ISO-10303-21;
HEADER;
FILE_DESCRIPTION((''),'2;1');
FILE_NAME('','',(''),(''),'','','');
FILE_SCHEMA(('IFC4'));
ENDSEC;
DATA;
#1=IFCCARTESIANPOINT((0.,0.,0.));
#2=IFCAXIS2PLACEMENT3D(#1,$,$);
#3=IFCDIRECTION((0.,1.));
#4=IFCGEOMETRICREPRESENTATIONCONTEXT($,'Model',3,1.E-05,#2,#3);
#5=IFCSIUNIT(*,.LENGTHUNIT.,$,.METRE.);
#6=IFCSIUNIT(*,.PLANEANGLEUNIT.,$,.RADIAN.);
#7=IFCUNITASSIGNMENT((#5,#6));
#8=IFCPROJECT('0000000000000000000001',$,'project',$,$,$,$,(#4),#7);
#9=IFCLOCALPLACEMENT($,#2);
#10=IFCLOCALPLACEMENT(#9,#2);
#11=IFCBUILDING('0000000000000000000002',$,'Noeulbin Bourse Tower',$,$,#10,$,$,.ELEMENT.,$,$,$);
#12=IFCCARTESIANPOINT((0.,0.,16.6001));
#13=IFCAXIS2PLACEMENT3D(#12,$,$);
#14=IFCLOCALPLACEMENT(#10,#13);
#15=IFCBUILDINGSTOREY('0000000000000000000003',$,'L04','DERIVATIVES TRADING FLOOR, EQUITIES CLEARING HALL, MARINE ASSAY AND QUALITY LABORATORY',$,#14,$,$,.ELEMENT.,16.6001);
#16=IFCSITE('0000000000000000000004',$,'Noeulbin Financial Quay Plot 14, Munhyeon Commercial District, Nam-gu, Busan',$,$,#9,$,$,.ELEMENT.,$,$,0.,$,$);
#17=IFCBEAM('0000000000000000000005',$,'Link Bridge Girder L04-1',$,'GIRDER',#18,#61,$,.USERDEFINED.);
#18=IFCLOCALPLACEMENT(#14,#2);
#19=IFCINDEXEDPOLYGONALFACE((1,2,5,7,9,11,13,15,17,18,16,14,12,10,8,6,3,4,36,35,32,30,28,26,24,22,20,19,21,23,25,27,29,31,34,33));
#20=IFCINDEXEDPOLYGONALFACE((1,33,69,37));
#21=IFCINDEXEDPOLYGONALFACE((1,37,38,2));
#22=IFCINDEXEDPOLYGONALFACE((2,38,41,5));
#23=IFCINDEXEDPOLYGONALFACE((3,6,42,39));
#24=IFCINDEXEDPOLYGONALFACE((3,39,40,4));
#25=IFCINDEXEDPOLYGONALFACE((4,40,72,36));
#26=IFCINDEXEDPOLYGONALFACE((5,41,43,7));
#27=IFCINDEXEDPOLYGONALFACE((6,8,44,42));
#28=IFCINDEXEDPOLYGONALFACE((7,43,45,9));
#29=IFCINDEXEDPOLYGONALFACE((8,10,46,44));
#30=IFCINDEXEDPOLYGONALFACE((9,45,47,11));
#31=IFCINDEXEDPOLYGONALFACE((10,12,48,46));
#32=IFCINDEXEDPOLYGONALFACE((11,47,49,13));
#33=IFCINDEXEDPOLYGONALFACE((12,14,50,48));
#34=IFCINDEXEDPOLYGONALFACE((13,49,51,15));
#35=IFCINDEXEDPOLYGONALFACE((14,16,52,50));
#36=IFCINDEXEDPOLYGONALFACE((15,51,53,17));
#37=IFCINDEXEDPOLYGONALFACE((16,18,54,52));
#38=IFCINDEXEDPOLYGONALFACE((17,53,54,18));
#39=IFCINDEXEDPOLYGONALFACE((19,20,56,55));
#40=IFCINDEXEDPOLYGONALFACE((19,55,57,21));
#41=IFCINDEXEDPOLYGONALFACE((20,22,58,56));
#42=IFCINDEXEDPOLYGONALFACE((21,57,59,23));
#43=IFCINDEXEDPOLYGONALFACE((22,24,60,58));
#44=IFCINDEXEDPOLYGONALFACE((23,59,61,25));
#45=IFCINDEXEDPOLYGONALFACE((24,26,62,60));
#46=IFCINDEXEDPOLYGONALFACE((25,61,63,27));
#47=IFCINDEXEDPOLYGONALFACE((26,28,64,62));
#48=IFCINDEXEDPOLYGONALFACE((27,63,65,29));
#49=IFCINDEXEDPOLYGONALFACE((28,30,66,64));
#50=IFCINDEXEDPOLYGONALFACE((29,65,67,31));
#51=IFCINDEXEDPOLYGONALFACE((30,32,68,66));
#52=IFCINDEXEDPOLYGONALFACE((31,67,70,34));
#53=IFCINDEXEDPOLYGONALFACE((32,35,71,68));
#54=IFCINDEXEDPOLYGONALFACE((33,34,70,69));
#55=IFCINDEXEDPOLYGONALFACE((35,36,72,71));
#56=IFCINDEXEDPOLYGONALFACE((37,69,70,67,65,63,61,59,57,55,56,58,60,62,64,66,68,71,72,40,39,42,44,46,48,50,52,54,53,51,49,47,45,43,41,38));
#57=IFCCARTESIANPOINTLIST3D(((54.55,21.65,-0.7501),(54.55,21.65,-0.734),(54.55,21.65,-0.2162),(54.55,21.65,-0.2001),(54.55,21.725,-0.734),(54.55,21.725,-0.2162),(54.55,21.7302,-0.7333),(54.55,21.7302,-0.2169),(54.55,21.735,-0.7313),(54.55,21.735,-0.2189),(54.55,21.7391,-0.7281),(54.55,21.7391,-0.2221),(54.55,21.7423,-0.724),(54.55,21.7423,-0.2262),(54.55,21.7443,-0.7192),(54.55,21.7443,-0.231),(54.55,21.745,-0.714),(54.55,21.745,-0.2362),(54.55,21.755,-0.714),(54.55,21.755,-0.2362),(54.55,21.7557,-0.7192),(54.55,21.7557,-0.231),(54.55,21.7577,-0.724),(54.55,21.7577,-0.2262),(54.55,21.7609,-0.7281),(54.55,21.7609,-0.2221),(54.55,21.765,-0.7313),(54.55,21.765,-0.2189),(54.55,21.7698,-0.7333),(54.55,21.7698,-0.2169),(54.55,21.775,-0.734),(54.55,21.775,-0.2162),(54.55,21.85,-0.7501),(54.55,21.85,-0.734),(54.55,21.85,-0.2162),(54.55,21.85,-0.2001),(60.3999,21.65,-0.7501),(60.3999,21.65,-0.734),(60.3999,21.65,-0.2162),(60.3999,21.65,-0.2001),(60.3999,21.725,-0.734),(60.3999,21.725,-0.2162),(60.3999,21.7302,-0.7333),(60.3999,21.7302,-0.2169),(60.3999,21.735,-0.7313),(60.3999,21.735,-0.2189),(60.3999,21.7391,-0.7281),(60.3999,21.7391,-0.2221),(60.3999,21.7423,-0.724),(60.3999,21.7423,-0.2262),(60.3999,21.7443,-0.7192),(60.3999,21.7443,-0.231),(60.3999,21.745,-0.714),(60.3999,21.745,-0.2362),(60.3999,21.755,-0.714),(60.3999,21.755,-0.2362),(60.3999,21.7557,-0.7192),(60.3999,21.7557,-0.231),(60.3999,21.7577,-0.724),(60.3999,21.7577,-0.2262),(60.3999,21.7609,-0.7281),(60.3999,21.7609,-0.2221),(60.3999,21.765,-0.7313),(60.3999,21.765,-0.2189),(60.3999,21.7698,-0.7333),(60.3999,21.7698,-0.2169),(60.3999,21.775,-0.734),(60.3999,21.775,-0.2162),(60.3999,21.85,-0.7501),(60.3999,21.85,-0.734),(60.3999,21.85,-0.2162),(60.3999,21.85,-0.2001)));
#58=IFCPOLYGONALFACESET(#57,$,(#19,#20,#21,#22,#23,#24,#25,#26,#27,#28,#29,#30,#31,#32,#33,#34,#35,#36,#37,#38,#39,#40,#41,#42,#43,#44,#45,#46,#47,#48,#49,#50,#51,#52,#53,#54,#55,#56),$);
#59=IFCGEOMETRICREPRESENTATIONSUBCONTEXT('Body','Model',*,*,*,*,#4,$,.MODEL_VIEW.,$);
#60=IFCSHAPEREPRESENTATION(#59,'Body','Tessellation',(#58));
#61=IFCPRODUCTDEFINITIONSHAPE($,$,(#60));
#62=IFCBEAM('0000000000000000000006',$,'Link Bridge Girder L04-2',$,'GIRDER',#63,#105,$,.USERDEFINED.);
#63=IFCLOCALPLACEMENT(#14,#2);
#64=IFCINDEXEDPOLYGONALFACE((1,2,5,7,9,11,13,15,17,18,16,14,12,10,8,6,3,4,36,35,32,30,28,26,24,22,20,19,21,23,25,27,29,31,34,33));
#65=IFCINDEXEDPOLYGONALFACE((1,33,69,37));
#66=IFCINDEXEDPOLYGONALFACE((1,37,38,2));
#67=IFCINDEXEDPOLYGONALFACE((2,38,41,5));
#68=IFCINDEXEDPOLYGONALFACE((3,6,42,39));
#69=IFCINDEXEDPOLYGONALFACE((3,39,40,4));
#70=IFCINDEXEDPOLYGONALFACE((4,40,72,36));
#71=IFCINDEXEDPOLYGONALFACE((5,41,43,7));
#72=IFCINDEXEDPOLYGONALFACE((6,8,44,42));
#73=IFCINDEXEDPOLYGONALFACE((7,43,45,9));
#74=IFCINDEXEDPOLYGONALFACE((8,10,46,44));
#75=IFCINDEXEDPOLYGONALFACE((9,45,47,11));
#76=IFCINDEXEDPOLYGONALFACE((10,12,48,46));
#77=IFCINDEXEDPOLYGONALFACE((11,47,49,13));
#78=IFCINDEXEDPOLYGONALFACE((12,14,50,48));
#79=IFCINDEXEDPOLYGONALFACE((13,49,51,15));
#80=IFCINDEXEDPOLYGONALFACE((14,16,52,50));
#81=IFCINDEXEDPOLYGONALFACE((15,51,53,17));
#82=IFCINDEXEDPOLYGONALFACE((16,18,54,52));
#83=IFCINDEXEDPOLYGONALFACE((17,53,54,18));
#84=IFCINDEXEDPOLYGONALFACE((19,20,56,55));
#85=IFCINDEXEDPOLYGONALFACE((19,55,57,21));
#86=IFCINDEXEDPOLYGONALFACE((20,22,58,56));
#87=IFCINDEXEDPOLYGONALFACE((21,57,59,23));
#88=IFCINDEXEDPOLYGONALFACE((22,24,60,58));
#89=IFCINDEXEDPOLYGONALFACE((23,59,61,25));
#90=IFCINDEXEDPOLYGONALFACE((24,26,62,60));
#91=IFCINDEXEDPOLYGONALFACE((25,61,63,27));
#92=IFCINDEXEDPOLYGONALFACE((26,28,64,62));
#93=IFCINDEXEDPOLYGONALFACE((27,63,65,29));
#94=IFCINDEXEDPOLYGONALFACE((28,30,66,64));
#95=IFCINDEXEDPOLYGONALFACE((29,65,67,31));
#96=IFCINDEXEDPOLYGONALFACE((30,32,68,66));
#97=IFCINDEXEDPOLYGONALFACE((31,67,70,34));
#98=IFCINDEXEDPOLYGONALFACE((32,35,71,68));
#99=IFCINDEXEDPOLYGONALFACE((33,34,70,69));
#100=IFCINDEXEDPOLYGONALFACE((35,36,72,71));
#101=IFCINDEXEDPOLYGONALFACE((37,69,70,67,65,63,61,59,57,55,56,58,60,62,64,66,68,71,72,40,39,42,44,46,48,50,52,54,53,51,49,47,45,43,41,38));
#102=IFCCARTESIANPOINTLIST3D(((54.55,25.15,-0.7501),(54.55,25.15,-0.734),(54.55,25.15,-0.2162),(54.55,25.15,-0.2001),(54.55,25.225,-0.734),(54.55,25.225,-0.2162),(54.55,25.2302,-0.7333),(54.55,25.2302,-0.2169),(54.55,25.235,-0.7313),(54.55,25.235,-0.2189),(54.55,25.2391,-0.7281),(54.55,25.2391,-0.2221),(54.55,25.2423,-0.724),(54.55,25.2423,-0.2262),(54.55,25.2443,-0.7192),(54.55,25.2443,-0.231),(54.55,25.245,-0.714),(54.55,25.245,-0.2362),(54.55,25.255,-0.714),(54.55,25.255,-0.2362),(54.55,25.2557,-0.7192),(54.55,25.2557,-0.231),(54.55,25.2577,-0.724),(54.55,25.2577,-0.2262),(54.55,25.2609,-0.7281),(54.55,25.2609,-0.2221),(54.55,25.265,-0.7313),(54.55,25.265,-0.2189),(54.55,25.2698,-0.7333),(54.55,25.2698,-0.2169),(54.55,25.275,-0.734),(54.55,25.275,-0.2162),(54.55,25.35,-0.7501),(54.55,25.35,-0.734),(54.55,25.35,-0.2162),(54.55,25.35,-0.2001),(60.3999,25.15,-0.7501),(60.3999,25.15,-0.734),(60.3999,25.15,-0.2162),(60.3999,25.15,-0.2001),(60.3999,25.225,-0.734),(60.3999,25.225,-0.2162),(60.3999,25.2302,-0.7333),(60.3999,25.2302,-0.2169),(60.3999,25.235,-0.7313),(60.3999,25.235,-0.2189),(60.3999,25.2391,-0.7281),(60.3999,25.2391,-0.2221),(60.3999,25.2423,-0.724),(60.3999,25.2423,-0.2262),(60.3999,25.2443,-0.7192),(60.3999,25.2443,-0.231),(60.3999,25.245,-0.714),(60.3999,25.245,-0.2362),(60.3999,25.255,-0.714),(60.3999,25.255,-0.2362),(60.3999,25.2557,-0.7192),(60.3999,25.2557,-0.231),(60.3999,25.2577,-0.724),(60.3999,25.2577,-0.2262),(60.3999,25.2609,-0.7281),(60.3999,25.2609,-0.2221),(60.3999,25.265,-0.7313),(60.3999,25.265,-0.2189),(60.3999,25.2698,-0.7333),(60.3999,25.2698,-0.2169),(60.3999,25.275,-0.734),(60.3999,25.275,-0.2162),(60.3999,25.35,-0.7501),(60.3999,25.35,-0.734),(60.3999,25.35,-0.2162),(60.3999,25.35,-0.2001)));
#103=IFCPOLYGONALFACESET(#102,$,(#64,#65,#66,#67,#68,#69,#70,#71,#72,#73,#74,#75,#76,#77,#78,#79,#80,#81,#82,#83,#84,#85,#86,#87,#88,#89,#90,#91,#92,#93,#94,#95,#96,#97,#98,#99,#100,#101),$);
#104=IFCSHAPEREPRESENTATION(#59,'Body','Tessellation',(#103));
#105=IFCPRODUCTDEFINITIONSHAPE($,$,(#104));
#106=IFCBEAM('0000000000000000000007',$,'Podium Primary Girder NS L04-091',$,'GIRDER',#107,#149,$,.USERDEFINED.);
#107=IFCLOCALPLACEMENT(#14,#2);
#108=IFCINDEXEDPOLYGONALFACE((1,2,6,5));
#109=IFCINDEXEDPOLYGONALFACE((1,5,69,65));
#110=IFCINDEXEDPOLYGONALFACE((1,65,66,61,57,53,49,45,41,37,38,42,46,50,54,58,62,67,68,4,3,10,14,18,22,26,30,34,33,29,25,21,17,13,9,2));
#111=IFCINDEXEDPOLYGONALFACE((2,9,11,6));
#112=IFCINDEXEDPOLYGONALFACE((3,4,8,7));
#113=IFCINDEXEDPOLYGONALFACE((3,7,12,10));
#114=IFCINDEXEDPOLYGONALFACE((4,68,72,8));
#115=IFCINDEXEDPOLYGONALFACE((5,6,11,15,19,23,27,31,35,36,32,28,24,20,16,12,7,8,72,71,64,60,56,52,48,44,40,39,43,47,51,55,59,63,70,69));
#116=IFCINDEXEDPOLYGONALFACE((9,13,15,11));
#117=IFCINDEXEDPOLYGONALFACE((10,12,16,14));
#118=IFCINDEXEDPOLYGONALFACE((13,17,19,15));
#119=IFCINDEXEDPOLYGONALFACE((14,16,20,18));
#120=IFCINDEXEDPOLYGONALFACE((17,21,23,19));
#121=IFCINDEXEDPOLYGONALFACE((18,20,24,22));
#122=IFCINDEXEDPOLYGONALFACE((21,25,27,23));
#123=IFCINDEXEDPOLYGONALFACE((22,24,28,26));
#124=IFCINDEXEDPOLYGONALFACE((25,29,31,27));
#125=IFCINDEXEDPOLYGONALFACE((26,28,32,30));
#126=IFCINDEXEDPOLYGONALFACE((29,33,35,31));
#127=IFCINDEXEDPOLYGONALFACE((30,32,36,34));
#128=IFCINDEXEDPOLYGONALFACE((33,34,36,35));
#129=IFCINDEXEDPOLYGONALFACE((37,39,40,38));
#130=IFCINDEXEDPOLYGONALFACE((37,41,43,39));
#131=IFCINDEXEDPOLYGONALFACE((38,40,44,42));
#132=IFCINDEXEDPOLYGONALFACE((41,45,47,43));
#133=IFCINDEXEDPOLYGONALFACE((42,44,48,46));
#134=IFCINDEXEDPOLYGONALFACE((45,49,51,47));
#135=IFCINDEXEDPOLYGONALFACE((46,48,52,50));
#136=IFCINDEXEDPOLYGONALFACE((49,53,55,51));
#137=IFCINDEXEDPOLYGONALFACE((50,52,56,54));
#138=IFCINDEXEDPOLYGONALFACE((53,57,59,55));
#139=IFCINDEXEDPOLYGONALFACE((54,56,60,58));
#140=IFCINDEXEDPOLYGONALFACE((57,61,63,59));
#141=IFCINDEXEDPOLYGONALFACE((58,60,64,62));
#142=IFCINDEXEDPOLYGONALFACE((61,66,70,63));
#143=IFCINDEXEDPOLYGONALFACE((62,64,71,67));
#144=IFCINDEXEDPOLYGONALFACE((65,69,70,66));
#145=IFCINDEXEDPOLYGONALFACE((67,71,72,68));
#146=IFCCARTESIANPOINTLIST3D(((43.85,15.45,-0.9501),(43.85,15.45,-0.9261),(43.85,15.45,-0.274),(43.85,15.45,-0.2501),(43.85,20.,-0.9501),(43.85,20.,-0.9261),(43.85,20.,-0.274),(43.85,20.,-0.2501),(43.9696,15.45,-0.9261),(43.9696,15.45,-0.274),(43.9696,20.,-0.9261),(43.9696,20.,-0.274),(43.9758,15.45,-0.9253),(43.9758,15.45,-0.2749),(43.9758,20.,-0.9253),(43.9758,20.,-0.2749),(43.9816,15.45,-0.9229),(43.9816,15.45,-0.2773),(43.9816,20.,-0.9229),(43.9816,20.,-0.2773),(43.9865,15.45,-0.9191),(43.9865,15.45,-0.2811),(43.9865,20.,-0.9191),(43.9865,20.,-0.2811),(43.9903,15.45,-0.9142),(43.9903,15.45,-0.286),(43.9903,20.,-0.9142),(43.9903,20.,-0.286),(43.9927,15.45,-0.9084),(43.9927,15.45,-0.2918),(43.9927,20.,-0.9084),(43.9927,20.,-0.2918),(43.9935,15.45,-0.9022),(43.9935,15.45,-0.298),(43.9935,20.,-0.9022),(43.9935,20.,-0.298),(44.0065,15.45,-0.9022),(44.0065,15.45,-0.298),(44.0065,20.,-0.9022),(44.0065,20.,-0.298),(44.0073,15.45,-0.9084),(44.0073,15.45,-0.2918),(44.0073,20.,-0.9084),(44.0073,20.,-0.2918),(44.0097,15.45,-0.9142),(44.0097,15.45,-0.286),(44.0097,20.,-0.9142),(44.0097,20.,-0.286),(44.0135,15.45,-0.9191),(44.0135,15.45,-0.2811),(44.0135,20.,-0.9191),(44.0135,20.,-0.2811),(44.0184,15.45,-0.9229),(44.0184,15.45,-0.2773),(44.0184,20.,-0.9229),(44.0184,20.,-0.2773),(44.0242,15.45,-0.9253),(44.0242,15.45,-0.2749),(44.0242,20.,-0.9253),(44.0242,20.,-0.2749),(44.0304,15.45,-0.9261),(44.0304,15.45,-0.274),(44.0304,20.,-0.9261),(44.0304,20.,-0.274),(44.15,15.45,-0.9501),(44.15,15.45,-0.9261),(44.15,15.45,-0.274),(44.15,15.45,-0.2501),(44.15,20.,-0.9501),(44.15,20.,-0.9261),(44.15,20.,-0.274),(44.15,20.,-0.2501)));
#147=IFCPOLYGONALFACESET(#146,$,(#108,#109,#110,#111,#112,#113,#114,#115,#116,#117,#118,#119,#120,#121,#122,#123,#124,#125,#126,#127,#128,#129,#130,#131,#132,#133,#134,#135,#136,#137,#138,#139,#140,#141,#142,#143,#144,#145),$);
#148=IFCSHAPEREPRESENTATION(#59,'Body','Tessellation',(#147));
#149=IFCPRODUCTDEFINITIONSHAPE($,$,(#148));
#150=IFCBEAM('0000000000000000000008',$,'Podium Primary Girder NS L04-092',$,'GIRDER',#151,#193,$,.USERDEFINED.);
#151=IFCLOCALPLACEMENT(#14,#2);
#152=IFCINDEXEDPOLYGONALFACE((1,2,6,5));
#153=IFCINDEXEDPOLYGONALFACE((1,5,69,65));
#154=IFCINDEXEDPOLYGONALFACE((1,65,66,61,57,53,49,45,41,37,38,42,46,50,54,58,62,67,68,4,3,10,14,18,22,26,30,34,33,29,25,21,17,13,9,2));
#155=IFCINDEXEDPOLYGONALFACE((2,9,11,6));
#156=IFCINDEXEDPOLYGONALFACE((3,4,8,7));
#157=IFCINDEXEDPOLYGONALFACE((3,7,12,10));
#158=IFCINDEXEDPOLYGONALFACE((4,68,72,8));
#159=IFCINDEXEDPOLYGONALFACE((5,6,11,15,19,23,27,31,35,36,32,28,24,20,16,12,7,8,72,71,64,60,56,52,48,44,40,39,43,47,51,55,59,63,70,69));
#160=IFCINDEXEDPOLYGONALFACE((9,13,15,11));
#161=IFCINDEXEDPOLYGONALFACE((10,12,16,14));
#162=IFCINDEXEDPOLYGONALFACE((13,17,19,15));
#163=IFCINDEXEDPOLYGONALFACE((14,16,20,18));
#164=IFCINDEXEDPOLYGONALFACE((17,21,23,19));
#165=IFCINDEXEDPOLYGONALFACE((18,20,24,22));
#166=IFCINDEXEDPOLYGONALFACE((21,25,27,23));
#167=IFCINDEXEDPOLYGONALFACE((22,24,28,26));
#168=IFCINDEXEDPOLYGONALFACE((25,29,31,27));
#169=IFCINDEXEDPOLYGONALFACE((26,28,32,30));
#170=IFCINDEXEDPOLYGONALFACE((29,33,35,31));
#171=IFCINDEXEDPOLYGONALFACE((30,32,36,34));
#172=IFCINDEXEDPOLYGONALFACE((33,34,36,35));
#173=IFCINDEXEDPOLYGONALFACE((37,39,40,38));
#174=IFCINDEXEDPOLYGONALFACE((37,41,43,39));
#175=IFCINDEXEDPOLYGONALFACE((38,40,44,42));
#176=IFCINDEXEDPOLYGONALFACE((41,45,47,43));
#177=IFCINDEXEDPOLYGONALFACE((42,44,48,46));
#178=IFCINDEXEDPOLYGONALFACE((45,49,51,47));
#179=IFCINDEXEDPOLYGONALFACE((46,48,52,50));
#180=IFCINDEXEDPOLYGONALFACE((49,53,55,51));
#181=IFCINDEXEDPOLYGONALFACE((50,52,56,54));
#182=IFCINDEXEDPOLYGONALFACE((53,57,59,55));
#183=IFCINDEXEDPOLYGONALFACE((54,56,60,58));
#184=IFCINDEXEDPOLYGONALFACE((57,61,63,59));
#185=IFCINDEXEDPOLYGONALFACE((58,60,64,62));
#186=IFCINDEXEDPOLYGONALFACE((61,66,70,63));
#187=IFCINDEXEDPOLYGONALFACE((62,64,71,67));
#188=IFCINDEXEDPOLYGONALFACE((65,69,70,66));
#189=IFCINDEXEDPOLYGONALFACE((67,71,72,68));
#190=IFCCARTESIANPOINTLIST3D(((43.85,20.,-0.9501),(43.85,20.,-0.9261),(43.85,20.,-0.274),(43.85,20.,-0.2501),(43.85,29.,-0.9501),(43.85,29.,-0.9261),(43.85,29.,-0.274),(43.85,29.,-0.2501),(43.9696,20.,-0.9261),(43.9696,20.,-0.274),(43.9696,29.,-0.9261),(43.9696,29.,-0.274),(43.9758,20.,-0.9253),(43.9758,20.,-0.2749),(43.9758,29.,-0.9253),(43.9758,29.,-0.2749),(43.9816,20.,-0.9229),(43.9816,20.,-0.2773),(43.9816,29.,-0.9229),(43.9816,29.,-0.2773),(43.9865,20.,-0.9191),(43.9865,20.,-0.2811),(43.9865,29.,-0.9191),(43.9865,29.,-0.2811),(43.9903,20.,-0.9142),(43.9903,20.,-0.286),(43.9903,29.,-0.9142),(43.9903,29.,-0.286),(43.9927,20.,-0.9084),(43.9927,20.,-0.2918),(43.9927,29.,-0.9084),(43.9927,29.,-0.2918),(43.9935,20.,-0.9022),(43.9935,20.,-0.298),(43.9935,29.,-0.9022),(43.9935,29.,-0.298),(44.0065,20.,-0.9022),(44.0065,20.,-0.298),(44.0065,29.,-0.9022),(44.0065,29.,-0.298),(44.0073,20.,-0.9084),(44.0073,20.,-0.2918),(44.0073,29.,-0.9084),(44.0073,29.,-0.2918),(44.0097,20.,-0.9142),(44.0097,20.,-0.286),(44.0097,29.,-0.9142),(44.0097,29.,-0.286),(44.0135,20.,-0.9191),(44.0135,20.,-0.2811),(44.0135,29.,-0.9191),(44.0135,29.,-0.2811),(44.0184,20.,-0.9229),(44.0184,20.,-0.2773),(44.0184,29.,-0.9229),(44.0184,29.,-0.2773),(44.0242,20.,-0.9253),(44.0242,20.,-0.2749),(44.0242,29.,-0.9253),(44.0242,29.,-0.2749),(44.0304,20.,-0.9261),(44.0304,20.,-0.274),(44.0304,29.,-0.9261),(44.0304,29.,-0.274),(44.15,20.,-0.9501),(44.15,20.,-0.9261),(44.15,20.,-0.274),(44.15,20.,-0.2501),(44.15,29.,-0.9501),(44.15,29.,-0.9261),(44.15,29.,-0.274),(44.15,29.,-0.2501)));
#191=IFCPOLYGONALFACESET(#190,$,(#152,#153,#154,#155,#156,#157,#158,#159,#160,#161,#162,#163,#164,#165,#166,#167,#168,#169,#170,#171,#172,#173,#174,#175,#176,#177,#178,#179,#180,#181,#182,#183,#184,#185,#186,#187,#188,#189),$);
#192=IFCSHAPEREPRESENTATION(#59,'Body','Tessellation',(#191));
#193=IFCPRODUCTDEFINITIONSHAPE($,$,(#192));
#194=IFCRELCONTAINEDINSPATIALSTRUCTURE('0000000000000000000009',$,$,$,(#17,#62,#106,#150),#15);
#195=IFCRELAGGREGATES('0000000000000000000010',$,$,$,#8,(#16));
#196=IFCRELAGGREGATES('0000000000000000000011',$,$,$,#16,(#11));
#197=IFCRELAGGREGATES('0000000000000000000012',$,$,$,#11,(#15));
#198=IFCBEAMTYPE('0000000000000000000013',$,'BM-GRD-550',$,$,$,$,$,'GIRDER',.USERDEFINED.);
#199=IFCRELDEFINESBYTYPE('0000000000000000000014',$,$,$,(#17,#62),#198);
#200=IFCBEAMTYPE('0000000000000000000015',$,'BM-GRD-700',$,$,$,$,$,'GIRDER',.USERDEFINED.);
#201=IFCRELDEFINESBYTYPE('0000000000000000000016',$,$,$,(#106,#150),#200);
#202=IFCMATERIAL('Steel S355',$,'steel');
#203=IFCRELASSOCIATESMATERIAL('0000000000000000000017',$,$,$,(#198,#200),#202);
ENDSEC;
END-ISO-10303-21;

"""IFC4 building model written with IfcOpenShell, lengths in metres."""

from ifc_helpers import new_model, si_unit, direction, frame, origin, origin_2d, place, context, subcontext, project, spatial, i_section, extrude, material, material_profile, profile_set, type_object, element, save


model = new_model("IFC4")

# Units and contexts
model_context = context("Model", 3, precision=1e-05, world=origin(), true_north=direction((0.0, 1.0)))
body_context = subcontext(model_context, "Body", "Model", "MODEL_VIEW")
ifc_project = project(units=[si_unit("LENGTHUNIT", "METRE"), si_unit("PLANEANGLEUNIT", "RADIAN")], contexts=[model_context])

# Site, building, storey
site_placement = place(None, origin())
site = spatial("IfcSite", under=ifc_project, at=site_placement, Name="Noeulbin Financial Quay Plot 14, Munhyeon Commercial District, Nam-gu, Busan", CompositionType="ELEMENT", RefElevation=0.0)
building_placement = place(site_placement, origin())
building = spatial("IfcBuilding", under=site, at=building_placement, Name="Noeulbin Bourse Tower", CompositionType="ELEMENT")
storey_placement = place(building_placement, frame((0.0, 0.0, 16.6001)))
storey = spatial("IfcBuildingStorey", under=building, at=storey_placement, Name="L04", Description="DERIVATIVES TRADING FLOOR, EQUITIES CLEARING HALL, MARINE ASSAY AND QUALITY LABORATORY", CompositionType="ELEMENT", Elevation=16.6001)

# Beams
ifc_material_1 = material(Name="Steel S355", Category="steel")
ifc_material_profile_1 = material_profile(ifc_material_1, i_section(OverallWidth=0.2, OverallDepth=0.55, WebThickness=0.01, FlangeThickness=0.0161, FilletRadius=0.02, at=origin_2d()), Name="H-550x200x10x16", Category="LoadBearing")
ifc_profile_set_1 = profile_set([ifc_material_profile_1], Name="Steel S355")
beam_type_1 = type_object("IfcBeamType", Name="BM-GRD-550", ElementType="GIRDER", PredefinedType="USERDEFINED", material=ifc_profile_set_1)
for number, where, z_axis, x_axis, name in (
    (1, (54.55, 21.75, -0.4751), (1.0, 0.0, 0.0), (0.0, 1.0, 0.0), "Link Bridge Girder L04-1"),
    (2, (54.55, 25.25, -0.4751), (1.0, 0.0, 0.0), (0.0, 1.0, 0.0), "Link Bridge Girder L04-2"),
):
    element("IfcBeam", number, at=place(storey_placement, frame(where, z_axis=z_axis, x_axis=x_axis)), inside=storey, type_object=beam_type_1, Name=name, ObjectType="GIRDER", PredefinedType="USERDEFINED", context=body_context, shape_type="SweptSolid", body=[
        extrude(i_section(OverallWidth=0.2, OverallDepth=0.55, WebThickness=0.01, FlangeThickness=0.0161, FilletRadius=0.02, at=origin_2d()), origin(), (0.0, 0.0, 1.0), 5.8499),
    ])
ifc_material_profile_2 = material_profile(ifc_material_1, i_section(OverallWidth=0.3, OverallDepth=0.7, WebThickness=0.0129, FlangeThickness=0.0239, FilletRadius=0.0239, at=origin_2d()), Name="H-700x300x13x24", Category="LoadBearing")
ifc_profile_set_2 = profile_set([ifc_material_profile_2], Name="Steel S355")
beam_type_2 = type_object("IfcBeamType", Name="BM-GRD-700", ElementType="GIRDER", PredefinedType="USERDEFINED", material=ifc_profile_set_2)
beam_1_placement = place(storey_placement, frame((44.0, 15.45, -0.6001), z_axis=(0.0, 1.0, 0.0), x_axis=(-1.0, 0.0, 0.0)))
element("IfcBeam", 3, at=beam_1_placement, inside=storey, type_object=beam_type_2, Name="Podium Primary Girder NS L04-091", ObjectType="GIRDER", PredefinedType="USERDEFINED", context=body_context, shape_type="SweptSolid", body=[
    extrude(i_section(OverallWidth=0.3, OverallDepth=0.7, WebThickness=0.0129, FlangeThickness=0.0239, FilletRadius=0.0239, at=origin_2d()), origin(), (0.0, 0.0, 1.0), 4.55),
])
beam_2_placement = place(storey_placement, frame((44.0, 20.0, -0.6001), z_axis=(0.0, 1.0, 0.0), x_axis=(-1.0, 0.0, 0.0)))
element("IfcBeam", 4, at=beam_2_placement, inside=storey, type_object=beam_type_2, Name="Podium Primary Girder NS L04-092", ObjectType="GIRDER", PredefinedType="USERDEFINED", context=body_context, shape_type="SweptSolid", body=[
    extrude(i_section(OverallWidth=0.3, OverallDepth=0.7, WebThickness=0.0129, FlangeThickness=0.0239, FilletRadius=0.0239, at=origin_2d()), origin(), (0.0, 0.0, 1.0), 9.0),
])

save(model, "model.ifc")
